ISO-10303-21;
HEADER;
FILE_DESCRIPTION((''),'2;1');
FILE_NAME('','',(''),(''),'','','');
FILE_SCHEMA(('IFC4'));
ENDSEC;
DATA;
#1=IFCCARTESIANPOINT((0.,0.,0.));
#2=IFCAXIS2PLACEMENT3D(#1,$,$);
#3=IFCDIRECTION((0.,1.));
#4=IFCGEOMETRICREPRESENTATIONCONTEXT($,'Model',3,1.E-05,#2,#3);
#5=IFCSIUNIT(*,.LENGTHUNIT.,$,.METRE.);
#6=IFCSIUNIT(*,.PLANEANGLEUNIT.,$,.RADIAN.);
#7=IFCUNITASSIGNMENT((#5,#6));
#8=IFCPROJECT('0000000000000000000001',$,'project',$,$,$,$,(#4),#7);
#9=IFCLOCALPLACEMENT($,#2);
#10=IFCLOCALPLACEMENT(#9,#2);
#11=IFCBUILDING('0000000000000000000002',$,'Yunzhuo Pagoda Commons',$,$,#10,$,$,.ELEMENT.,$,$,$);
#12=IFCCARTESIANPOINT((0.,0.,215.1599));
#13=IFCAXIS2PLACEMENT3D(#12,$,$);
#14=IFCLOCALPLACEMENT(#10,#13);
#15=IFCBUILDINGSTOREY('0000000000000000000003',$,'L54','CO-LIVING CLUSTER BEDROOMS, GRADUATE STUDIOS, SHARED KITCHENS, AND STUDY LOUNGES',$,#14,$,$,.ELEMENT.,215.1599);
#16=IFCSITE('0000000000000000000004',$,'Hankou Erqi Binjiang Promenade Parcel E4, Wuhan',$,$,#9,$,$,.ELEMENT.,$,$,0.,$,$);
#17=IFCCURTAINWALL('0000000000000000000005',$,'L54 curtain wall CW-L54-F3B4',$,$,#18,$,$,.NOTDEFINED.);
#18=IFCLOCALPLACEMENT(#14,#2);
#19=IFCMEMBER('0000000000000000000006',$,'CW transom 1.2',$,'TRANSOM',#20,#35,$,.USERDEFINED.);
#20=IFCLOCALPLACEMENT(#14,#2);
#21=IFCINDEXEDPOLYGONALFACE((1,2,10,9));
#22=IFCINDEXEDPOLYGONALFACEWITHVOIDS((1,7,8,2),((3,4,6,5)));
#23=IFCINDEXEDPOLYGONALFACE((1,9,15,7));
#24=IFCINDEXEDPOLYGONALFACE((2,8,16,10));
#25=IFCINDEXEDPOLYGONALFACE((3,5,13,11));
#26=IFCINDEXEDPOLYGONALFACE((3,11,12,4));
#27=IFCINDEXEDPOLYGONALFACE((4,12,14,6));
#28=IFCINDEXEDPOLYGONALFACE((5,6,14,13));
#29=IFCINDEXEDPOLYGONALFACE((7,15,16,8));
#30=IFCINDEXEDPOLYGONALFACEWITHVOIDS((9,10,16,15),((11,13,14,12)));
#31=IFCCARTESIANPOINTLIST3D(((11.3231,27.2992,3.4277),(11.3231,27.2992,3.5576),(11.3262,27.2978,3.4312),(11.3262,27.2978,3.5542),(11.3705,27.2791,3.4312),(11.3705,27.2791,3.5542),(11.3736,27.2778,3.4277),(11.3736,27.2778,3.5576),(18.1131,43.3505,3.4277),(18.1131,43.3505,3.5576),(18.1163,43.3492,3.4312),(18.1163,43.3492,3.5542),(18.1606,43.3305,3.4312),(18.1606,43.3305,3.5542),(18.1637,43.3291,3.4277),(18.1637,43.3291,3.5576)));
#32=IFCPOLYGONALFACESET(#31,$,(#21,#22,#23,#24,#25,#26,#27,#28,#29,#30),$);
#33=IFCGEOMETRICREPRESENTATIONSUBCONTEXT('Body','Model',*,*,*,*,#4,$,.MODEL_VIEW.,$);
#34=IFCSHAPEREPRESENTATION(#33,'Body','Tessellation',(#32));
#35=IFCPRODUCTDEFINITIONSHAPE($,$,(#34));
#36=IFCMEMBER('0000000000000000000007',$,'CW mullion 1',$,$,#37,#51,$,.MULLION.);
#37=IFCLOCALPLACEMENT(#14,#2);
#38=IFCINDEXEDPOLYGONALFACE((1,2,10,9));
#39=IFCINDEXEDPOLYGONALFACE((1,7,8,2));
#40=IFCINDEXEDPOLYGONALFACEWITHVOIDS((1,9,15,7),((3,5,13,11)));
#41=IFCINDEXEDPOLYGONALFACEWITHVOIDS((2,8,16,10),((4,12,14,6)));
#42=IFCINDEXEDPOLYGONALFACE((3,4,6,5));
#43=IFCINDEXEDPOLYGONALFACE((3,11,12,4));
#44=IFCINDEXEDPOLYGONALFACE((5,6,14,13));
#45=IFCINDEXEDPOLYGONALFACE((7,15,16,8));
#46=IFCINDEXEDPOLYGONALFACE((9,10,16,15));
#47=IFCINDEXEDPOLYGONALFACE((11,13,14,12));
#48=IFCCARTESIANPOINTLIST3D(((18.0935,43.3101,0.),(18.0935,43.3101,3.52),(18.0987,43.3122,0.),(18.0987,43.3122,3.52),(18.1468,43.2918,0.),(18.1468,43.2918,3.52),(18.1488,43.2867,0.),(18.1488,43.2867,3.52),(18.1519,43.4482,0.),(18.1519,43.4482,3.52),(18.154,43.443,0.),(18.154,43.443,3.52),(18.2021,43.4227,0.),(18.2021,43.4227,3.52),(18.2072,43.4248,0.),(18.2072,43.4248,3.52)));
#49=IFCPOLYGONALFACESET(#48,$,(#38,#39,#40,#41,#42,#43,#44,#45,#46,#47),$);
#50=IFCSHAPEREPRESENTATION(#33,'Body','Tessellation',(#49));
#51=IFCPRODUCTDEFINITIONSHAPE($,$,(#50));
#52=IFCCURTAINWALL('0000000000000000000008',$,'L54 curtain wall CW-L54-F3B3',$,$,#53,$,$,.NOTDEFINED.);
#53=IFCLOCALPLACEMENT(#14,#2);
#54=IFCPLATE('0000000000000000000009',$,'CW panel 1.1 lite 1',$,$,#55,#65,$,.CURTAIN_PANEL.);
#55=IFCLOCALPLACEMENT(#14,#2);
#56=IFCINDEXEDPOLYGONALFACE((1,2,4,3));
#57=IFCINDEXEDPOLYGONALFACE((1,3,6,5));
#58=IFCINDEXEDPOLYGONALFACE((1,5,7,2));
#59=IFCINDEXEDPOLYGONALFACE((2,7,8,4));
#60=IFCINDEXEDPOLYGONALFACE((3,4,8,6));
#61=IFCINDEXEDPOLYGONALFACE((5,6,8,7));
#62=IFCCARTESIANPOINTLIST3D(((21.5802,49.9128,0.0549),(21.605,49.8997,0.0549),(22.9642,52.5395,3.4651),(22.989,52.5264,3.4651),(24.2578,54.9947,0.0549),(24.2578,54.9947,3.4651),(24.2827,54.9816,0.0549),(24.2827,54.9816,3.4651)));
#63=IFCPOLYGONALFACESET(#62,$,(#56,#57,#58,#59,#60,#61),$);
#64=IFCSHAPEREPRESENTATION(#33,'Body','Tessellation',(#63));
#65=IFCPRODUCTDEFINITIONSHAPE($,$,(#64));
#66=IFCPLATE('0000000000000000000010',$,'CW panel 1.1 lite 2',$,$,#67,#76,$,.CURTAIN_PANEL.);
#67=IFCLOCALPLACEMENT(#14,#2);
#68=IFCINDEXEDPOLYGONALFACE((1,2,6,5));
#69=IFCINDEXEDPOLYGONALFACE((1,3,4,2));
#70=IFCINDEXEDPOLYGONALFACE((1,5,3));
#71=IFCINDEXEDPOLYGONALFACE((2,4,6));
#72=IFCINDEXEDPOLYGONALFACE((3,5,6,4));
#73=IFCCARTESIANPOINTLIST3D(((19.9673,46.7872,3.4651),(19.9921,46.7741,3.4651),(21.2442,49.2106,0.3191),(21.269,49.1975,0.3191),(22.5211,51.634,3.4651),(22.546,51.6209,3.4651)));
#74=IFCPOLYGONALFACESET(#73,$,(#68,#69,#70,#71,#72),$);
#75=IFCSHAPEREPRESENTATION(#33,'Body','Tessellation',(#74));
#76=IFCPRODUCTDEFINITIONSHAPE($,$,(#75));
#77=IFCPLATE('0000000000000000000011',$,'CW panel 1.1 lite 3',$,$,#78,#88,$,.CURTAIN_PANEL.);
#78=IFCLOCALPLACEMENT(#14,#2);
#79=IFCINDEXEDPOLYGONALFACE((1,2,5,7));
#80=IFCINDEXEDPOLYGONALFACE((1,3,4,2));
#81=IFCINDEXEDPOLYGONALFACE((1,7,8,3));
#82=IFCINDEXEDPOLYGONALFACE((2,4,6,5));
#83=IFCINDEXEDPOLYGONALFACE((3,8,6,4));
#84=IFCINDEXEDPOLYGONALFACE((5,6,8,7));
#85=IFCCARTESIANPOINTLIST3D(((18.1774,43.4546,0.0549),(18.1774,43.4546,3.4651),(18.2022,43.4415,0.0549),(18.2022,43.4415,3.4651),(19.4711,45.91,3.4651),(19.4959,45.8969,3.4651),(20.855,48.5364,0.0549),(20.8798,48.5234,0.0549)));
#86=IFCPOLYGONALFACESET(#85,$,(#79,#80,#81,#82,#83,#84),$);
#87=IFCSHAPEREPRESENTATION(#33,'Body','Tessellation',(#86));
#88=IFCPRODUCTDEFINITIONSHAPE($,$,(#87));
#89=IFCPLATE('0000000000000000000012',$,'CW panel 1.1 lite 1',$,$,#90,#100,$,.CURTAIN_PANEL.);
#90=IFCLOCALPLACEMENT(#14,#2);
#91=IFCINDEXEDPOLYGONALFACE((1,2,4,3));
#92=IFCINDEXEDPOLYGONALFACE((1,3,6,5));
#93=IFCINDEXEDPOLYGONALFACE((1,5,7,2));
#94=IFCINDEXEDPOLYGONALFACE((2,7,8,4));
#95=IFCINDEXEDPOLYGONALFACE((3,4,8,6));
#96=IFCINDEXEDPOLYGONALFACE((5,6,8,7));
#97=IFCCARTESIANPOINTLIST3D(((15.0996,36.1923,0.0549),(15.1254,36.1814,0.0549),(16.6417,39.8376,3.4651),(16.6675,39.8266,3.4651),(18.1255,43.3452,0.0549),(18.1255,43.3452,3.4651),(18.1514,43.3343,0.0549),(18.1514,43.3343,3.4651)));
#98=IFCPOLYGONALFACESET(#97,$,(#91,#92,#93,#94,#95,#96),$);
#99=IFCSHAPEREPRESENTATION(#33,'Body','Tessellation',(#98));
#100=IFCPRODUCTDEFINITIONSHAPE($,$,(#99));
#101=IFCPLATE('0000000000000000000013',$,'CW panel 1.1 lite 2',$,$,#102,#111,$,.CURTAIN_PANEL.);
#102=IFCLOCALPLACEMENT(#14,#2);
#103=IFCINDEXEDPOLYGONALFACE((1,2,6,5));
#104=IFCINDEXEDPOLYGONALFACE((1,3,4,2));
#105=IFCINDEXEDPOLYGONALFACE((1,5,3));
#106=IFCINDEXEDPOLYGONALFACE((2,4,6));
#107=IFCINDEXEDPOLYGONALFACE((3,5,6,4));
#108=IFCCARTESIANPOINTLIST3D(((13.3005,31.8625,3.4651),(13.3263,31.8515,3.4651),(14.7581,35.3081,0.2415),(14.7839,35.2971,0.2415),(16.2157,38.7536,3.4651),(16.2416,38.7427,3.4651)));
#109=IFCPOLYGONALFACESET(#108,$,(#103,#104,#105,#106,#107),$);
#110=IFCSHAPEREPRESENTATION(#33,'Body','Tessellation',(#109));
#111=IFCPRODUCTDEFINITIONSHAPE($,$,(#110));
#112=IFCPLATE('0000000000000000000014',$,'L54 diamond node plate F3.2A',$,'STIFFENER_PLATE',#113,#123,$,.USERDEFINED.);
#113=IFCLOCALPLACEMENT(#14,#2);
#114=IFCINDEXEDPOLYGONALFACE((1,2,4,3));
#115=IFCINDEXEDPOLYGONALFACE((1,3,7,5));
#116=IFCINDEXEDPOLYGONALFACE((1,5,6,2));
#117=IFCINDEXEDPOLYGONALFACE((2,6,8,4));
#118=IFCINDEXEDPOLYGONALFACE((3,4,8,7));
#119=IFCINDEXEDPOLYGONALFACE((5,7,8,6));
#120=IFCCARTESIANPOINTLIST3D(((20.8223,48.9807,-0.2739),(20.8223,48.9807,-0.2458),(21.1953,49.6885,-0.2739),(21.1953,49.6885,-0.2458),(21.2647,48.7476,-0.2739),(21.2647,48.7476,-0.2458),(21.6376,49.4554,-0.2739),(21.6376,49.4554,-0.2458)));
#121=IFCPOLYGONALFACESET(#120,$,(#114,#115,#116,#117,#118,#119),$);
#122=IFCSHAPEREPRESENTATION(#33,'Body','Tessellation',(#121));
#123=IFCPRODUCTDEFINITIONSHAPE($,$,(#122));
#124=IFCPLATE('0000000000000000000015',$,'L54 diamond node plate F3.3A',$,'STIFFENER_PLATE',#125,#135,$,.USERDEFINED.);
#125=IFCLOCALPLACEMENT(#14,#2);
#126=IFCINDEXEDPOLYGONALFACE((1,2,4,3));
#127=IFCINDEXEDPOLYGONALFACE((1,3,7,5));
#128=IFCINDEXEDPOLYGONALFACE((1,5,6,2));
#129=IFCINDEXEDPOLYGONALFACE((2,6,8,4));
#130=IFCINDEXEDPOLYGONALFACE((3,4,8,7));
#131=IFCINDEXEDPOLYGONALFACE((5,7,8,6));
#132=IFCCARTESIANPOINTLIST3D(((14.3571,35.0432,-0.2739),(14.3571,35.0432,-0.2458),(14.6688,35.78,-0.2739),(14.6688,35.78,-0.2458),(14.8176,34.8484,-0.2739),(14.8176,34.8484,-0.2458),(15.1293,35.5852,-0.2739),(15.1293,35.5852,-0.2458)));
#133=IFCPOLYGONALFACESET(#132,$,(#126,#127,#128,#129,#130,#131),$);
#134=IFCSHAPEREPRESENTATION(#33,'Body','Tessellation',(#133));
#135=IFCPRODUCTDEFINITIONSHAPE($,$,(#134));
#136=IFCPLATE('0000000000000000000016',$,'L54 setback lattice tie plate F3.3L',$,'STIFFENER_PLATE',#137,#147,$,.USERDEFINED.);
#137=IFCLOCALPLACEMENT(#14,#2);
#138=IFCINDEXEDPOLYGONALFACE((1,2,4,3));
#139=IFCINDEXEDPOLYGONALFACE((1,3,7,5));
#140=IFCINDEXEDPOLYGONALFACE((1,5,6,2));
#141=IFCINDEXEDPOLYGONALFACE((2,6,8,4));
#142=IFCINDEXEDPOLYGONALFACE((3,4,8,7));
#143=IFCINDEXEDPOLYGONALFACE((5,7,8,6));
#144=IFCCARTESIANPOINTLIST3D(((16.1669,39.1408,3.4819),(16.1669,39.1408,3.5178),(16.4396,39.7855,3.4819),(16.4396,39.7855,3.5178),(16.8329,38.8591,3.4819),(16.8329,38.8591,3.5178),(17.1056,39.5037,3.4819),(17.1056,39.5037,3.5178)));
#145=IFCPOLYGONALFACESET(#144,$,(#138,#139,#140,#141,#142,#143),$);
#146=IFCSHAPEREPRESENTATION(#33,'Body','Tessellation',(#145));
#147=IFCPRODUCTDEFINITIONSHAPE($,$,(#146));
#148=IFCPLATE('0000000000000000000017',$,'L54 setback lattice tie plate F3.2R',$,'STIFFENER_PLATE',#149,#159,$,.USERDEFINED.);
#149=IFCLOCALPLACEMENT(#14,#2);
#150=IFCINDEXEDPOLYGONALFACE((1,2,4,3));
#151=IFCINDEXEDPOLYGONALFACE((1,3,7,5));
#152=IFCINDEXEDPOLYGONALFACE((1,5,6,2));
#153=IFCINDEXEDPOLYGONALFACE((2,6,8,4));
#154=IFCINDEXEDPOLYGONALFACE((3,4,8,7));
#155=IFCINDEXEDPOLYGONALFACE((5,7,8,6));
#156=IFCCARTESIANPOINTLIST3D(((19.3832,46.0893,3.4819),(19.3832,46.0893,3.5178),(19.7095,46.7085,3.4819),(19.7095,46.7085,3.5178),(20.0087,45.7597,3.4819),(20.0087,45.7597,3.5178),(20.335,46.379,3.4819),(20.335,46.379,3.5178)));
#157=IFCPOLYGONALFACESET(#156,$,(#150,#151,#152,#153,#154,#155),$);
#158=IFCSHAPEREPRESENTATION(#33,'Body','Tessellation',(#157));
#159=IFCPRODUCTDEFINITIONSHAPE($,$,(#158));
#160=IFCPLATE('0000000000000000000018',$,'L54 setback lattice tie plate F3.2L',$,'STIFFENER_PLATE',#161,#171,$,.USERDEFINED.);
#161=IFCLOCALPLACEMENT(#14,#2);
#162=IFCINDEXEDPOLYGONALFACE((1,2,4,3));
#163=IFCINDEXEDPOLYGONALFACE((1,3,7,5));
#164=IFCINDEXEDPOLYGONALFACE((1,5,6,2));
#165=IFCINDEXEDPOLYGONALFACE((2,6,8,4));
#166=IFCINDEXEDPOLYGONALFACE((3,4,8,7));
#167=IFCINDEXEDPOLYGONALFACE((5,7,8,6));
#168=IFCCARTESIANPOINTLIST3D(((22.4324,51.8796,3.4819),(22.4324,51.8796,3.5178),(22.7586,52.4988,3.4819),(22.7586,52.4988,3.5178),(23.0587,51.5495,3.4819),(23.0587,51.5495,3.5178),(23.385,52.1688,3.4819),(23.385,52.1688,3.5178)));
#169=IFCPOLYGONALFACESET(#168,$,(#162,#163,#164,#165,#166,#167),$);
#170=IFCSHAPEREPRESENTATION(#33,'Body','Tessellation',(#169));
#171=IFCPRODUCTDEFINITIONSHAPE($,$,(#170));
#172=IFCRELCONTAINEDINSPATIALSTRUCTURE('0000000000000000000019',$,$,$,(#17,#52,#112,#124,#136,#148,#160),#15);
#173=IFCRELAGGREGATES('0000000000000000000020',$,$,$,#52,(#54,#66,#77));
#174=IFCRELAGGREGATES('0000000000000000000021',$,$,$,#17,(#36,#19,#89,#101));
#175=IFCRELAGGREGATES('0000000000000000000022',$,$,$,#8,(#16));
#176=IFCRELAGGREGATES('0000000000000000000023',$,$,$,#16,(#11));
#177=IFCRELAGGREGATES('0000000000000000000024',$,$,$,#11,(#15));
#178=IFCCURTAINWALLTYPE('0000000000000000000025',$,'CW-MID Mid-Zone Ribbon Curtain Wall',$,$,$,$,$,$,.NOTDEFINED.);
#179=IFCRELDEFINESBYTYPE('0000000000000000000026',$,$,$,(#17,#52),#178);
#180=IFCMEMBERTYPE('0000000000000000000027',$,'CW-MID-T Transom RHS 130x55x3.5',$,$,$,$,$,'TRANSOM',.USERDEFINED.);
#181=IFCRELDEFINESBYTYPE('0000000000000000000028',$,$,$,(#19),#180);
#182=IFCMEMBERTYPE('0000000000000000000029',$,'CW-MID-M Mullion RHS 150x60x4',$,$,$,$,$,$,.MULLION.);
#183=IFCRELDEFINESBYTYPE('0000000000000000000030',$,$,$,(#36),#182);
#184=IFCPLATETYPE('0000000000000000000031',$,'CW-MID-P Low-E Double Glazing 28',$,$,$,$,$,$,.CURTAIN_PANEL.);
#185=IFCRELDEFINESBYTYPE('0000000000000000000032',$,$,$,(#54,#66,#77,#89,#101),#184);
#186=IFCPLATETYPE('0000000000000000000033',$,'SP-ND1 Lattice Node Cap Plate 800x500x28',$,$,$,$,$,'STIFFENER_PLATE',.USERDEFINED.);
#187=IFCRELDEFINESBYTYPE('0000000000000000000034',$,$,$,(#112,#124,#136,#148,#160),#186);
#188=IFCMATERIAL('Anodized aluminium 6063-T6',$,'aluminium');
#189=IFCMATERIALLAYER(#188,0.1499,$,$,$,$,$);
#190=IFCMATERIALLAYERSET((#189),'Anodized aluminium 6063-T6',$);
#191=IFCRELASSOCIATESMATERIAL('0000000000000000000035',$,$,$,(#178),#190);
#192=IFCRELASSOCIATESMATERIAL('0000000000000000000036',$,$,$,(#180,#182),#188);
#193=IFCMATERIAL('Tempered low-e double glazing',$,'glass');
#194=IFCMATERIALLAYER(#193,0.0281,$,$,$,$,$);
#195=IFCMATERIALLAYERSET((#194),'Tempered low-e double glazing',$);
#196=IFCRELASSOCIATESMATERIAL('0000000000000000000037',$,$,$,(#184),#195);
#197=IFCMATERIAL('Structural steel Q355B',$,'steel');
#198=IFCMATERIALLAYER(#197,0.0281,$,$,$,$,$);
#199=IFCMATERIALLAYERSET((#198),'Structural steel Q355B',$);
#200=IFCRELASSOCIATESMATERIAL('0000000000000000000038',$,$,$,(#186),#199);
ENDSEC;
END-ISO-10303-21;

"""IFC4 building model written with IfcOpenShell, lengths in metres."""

from ifc_helpers import new_model, si_unit, direction, frame, origin, origin_2d, place, context, subcontext, project, spatial, polyline, rectangle, hollow_rectangle, outline, extrude, source, transform, mapped, material, layer, layer_set, material_profile, profile_set, type_object, element, aggregate, save


model = new_model("IFC4")

# Units and contexts
model_context = context("Model", 3, precision=1e-05, world=origin(), true_north=direction((0.0, 1.0)))
body_context = subcontext(model_context, "Body", "Model", "MODEL_VIEW")
ifc_project = project(units=[si_unit("LENGTHUNIT", "METRE"), si_unit("PLANEANGLEUNIT", "RADIAN")], contexts=[model_context])

# Site, building, storey
site_placement = place(None, origin())
site = spatial("IfcSite", under=ifc_project, at=site_placement, Name="Hankou Erqi Binjiang Promenade Parcel E4, Wuhan", CompositionType="ELEMENT", RefElevation=0.0)
building_placement = place(site_placement, origin())
building = spatial("IfcBuilding", under=site, at=building_placement, Name="Yunzhuo Pagoda Commons", CompositionType="ELEMENT")
storey_placement = place(building_placement, frame((0.0, 0.0, 215.1599)))
storey = spatial("IfcBuildingStorey", under=building, at=storey_placement, Name="L54", Description="CO-LIVING CLUSTER BEDROOMS, GRADUATE STUDIOS, SHARED KITCHENS, AND STUDY LOUNGES", CompositionType="ELEMENT", Elevation=215.1599)

# Shared definitions
ifc_material_1 = material(Name="Structural steel Q355B", Category="steel")

# Curtain wall, members
ifc_material_2 = material(Name="Anodized aluminium 6063-T6", Category="aluminium")
ifc_layer_1 = layer(ifc_material_2, 0.1499)
ifc_layer_set_1 = layer_set([ifc_layer_1], Name="Anodized aluminium 6063-T6")
curtain_wall_type = type_object("IfcCurtainWallType", Name="CW-MID Mid-Zone Ribbon Curtain Wall", PredefinedType="NOTDEFINED", material=ifc_layer_set_1)
curtain_wall_1_placement = place(storey_placement, origin())
curtain_wall_1 = element("IfcCurtainWall", 1, at=curtain_wall_1_placement, inside=storey, type_object=curtain_wall_type, Name="L54 curtain wall CW-L54-F3B4", PredefinedType="NOTDEFINED")
ifc_material_profile_1 = material_profile(ifc_material_2, hollow_rectangle(XDim=0.0549, YDim=0.1299, WallThickness=0.0034, at=origin_2d()), Name="Anodized aluminium 6063-T6")
ifc_profile_set_1 = profile_set([ifc_material_profile_1], Name="Anodized aluminium 6063-T6")
member_type_1 = type_object("IfcMemberType", Name="CW-MID-T Transom RHS 130x55x3.5", ElementType="TRANSOM", PredefinedType="USERDEFINED", material=ifc_profile_set_1)
shared_shape_1 = source(origin(), body_context, "Body", "SweptSolid", [
    extrude(hollow_rectangle(XDim=0.0549, YDim=0.1299, WallThickness=0.0034, at=origin_2d()), origin(), (0.0, 0.0, 1.0), 17.4285),
])
member_1_placement = place(storey_placement, frame((18.1384, 43.3398, 3.4927), z_axis=(-0.389597, -0.920985, 0.0), x_axis=(0.920985, -0.389597, 0.0)))
member_1 = element("IfcMember", 2, at=member_1_placement, type_object=member_type_1, Name="CW transom 1.2", ObjectType="TRANSOM", PredefinedType="USERDEFINED", context=body_context, shape_type="MappedRepresentation", body=[
    mapped(shared_shape_1, transform((0.0, 0.0, 0.0), scale=1.0)),
])
ifc_material_profile_2 = material_profile(ifc_material_2, hollow_rectangle(XDim=0.0601, YDim=0.1499, WallThickness=0.0039, at=origin_2d()), Name="Anodized aluminium 6063-T6")
ifc_profile_set_2 = profile_set([ifc_material_profile_2], Name="Anodized aluminium 6063-T6")
member_type_2 = type_object("IfcMemberType", Name="CW-MID-M Mullion RHS 150x60x4", PredefinedType="MULLION", material=ifc_profile_set_2)
shared_shape_2 = source(origin(), body_context, "Body", "SweptSolid", [
    extrude(hollow_rectangle(XDim=0.0601, YDim=0.1499, WallThickness=0.0039, at=origin_2d()), origin(), (0.0, 0.0, 1.0), 3.52),
])
member_2_placement = place(storey_placement, frame((18.1504, 43.3674, 0.0), z_axis=(0.0, 0.0, 1.0), x_axis=(0.920979, -0.389612, 0.0)))
member_2 = element("IfcMember", 3, at=member_2_placement, type_object=member_type_2, Name="CW mullion 1", PredefinedType="MULLION", context=body_context, shape_type="MappedRepresentation", body=[
    mapped(shared_shape_2, transform((0.0, 0.0, 0.0), scale=1.0)),
])

# Curtain wall, plates
curtain_wall_2_placement = place(storey_placement, origin())
curtain_wall_2 = element("IfcCurtainWall", 4, at=curtain_wall_2_placement, inside=storey, type_object=curtain_wall_type, Name="L54 curtain wall CW-L54-F3B3", PredefinedType="NOTDEFINED")
ifc_material_3 = material(Name="Tempered low-e double glazing", Category="glass")
ifc_layer_2 = layer(ifc_material_3, 0.0281)
ifc_layer_set_2 = layer_set([ifc_layer_2], Name="Tempered low-e double glazing")
plate_type_1 = type_object("IfcPlateType", Name="CW-MID-P Low-E Double Glazing 28", PredefinedType="CURTAIN_PANEL", material=ifc_layer_set_2)
plate_1_placement = place(storey_placement, frame((22.9438, 52.4407, 1.76), z_axis=(-0.884705, 0.466152, 0.0), x_axis=(-0.466152, -0.884705, 0.0)))
plate_1 = element("IfcPlate", 5, at=plate_1_placement, type_object=plate_type_1, Name="CW panel 1.1 lite 1", PredefinedType="CURTAIN_PANEL", context=body_context, shape_type="SweptSolid", body=[
    extrude(outline(polyline([(-2.8721, -1.7051), (2.8721, -1.7051), (-0.0969, 1.7051), (-2.8721, 1.7051), (-2.8721, -1.7051)])), origin(), (0.0, 0.0, 1.0), 0.0281),
])
plate_2_placement = place(storey_placement, frame((21.269, 49.1975, 1.8921), z_axis=(-0.884705, 0.466152, 0.0), x_axis=(-0.466152, -0.884705, 0.0)))
plate_2 = element("IfcPlate", 6, at=plate_2_placement, type_object=plate_type_1, Name="CW panel 1.1 lite 2", PredefinedType="CURTAIN_PANEL", context=body_context, shape_type="SweptSolid", body=[
    extrude(outline(polyline([(-2.7393, 1.573), (0.0, -1.573), (2.7393, 1.573), (-2.7393, 1.573)])), origin(), (0.0, 0.0, 1.0), 0.0281),
])
plate_3_placement = place(storey_placement, frame((19.541, 45.9824, 1.76), z_axis=(-0.884705, 0.466152, 0.0), x_axis=(-0.466152, -0.884705, 0.0)))
plate_3 = element("IfcPlate", 7, at=plate_3_placement, type_object=plate_type_1, Name="CW panel 1.1 lite 3", PredefinedType="CURTAIN_PANEL", context=body_context, shape_type="SweptSolid", body=[
    extrude(outline(polyline([(-2.8721, -1.7051), (2.8721, -1.7051), (2.8721, 1.7051), (0.0967, 1.7051), (-2.8721, -1.7051)])), origin(), (0.0, 0.0, 1.0), 0.0281),
])
aggregate(curtain_wall_2, [plate_1, plate_2, plate_3])

# Plates
plate_4_placement = place(storey_placement, frame((16.6384, 39.7578, 1.76), z_axis=(-0.920979, 0.389612, 0.0), x_axis=(-0.389612, -0.920979, 0.0)))
plate_4 = element("IfcPlate", 8, at=plate_4_placement, type_object=plate_type_1, Name="CW panel 1.1 lite 1", PredefinedType="CURTAIN_PANEL", context=body_context, shape_type="SweptSolid", body=[
    extrude(outline(polyline([(-3.8833, -1.7051), (3.8833, -1.7051), (-0.0747, 1.7051), (-3.8833, 1.7051), (-3.8833, -1.7051)])), origin(), (0.0, 0.0, 1.0), 0.0281),
])
plate_5_placement = place(storey_placement, frame((14.7839, 35.2971, 1.8533), z_axis=(-0.920979, 0.389612, 0.0), x_axis=(-0.389612, -0.920979, 0.0)))
plate_5 = element("IfcPlate", 9, at=plate_5_placement, type_object=plate_type_1, Name="CW panel 1.1 lite 2", PredefinedType="CURTAIN_PANEL", context=body_context, shape_type="SweptSolid", body=[
    extrude(outline(polyline([(-3.7412, 1.6118), (0.0, -1.6118), (3.7412, 1.6118), (-3.7412, 1.6118)])), origin(), (0.0, 0.0, 1.0), 0.0281),
])
aggregate(curtain_wall_1, [member_2, member_1, plate_4, plate_5])

# Plates
ifc_layer_3 = layer(ifc_material_1, 0.0281)
ifc_layer_set_3 = layer_set([ifc_layer_3], Name="Structural steel Q355B")
plate_type_2 = type_object("IfcPlateType", Name="SP-ND1 Lattice Node Cap Plate 800x500x28", ElementType="STIFFENER_PLATE", PredefinedType="USERDEFINED", material=ifc_layer_set_3)
shared_shape_3 = source(origin(), body_context, "Body", "SweptSolid", [
    extrude(rectangle(XDim=0.8, YDim=0.5, at=origin_2d()), origin(), (0.0, 0.0, 1.0), 0.0281),
])
for number, where, z_axis, x_axis, name in (
    (10, (21.23, 49.218, -0.2739), (0.0, 0.0, 1.0), (-0.466155, -0.884703, 0.0), "L54 diamond node plate F3.2A"),
    (11, (14.7432, 35.3142, -0.2739), (0.0, 0.0, 1.0), (-0.389606, -0.920982, 0.0), "L54 diamond node plate F3.3A"),
):
    element("IfcPlate", number, at=place(storey_placement, frame(where, z_axis=z_axis, x_axis=x_axis)), inside=storey, type_object=plate_type_2, Name=name, ObjectType="STIFFENER_PLATE", PredefinedType="USERDEFINED", context=body_context, shape_type="MappedRepresentation", body=[
        mapped(shared_shape_3, transform((0.0, 0.0, 0.0), scale=1.0)),
    ])
shared_shape_4 = source(origin(), body_context, "Body", "SweptSolid", [
    extrude(rectangle(XDim=0.7, YDim=0.7231, at=origin_2d()), origin(), (0.0, 0.0, 1.0), 0.0359),
])
plate_6_placement = place(storey_placement, frame((16.6362, 39.3223, 3.4819), z_axis=(0.0, 0.0, 1.0), x_axis=(-0.389606, -0.920982, 0.0)))
element("IfcPlate", 12, at=plate_6_placement, inside=storey, type_object=plate_type_2, Name="L54 setback lattice tie plate F3.3L", ObjectType="STIFFENER_PLATE", PredefinedType="USERDEFINED", context=body_context, shape_type="MappedRepresentation", body=[
    mapped(shared_shape_4, transform((0.0, 0.0, 0.0), scale=1.0)),
])
shared_shape_5 = source(origin(), body_context, "Body", "SweptSolid", [
    extrude(rectangle(XDim=0.7, YDim=0.707, at=origin_2d()), origin(), (0.0, 0.0, 1.0), 0.0359),
])
plate_7_placement = place(storey_placement, frame((19.8591, 46.2341, 3.4819), z_axis=(0.0, 0.0, 1.0), x_axis=(-0.466155, -0.884703, 0.0)))
element("IfcPlate", 13, at=plate_7_placement, inside=storey, type_object=plate_type_2, Name="L54 setback lattice tie plate F3.2R", ObjectType="STIFFENER_PLATE", PredefinedType="USERDEFINED", context=body_context, shape_type="MappedRepresentation", body=[
    mapped(shared_shape_5, transform((0.0, 0.0, 0.0), scale=1.0)),
])
shared_shape_6 = source(origin(), body_context, "Body", "SweptSolid", [
    extrude(rectangle(XDim=0.7, YDim=0.708, at=origin_2d()), origin(), (0.0, 0.0, 1.0), 0.0359),
])
plate_8_placement = place(storey_placement, frame((22.9087, 52.0242, 3.4819), z_axis=(0.0, 0.0, 1.0), x_axis=(-0.466155, -0.884703, 0.0)))
element("IfcPlate", 14, at=plate_8_placement, inside=storey, type_object=plate_type_2, Name="L54 setback lattice tie plate F3.2L", ObjectType="STIFFENER_PLATE", PredefinedType="USERDEFINED", context=body_context, shape_type="MappedRepresentation", body=[
    mapped(shared_shape_6, transform((0.0, 0.0, 0.0), scale=1.0)),
])

save(model, "model.ifc")
